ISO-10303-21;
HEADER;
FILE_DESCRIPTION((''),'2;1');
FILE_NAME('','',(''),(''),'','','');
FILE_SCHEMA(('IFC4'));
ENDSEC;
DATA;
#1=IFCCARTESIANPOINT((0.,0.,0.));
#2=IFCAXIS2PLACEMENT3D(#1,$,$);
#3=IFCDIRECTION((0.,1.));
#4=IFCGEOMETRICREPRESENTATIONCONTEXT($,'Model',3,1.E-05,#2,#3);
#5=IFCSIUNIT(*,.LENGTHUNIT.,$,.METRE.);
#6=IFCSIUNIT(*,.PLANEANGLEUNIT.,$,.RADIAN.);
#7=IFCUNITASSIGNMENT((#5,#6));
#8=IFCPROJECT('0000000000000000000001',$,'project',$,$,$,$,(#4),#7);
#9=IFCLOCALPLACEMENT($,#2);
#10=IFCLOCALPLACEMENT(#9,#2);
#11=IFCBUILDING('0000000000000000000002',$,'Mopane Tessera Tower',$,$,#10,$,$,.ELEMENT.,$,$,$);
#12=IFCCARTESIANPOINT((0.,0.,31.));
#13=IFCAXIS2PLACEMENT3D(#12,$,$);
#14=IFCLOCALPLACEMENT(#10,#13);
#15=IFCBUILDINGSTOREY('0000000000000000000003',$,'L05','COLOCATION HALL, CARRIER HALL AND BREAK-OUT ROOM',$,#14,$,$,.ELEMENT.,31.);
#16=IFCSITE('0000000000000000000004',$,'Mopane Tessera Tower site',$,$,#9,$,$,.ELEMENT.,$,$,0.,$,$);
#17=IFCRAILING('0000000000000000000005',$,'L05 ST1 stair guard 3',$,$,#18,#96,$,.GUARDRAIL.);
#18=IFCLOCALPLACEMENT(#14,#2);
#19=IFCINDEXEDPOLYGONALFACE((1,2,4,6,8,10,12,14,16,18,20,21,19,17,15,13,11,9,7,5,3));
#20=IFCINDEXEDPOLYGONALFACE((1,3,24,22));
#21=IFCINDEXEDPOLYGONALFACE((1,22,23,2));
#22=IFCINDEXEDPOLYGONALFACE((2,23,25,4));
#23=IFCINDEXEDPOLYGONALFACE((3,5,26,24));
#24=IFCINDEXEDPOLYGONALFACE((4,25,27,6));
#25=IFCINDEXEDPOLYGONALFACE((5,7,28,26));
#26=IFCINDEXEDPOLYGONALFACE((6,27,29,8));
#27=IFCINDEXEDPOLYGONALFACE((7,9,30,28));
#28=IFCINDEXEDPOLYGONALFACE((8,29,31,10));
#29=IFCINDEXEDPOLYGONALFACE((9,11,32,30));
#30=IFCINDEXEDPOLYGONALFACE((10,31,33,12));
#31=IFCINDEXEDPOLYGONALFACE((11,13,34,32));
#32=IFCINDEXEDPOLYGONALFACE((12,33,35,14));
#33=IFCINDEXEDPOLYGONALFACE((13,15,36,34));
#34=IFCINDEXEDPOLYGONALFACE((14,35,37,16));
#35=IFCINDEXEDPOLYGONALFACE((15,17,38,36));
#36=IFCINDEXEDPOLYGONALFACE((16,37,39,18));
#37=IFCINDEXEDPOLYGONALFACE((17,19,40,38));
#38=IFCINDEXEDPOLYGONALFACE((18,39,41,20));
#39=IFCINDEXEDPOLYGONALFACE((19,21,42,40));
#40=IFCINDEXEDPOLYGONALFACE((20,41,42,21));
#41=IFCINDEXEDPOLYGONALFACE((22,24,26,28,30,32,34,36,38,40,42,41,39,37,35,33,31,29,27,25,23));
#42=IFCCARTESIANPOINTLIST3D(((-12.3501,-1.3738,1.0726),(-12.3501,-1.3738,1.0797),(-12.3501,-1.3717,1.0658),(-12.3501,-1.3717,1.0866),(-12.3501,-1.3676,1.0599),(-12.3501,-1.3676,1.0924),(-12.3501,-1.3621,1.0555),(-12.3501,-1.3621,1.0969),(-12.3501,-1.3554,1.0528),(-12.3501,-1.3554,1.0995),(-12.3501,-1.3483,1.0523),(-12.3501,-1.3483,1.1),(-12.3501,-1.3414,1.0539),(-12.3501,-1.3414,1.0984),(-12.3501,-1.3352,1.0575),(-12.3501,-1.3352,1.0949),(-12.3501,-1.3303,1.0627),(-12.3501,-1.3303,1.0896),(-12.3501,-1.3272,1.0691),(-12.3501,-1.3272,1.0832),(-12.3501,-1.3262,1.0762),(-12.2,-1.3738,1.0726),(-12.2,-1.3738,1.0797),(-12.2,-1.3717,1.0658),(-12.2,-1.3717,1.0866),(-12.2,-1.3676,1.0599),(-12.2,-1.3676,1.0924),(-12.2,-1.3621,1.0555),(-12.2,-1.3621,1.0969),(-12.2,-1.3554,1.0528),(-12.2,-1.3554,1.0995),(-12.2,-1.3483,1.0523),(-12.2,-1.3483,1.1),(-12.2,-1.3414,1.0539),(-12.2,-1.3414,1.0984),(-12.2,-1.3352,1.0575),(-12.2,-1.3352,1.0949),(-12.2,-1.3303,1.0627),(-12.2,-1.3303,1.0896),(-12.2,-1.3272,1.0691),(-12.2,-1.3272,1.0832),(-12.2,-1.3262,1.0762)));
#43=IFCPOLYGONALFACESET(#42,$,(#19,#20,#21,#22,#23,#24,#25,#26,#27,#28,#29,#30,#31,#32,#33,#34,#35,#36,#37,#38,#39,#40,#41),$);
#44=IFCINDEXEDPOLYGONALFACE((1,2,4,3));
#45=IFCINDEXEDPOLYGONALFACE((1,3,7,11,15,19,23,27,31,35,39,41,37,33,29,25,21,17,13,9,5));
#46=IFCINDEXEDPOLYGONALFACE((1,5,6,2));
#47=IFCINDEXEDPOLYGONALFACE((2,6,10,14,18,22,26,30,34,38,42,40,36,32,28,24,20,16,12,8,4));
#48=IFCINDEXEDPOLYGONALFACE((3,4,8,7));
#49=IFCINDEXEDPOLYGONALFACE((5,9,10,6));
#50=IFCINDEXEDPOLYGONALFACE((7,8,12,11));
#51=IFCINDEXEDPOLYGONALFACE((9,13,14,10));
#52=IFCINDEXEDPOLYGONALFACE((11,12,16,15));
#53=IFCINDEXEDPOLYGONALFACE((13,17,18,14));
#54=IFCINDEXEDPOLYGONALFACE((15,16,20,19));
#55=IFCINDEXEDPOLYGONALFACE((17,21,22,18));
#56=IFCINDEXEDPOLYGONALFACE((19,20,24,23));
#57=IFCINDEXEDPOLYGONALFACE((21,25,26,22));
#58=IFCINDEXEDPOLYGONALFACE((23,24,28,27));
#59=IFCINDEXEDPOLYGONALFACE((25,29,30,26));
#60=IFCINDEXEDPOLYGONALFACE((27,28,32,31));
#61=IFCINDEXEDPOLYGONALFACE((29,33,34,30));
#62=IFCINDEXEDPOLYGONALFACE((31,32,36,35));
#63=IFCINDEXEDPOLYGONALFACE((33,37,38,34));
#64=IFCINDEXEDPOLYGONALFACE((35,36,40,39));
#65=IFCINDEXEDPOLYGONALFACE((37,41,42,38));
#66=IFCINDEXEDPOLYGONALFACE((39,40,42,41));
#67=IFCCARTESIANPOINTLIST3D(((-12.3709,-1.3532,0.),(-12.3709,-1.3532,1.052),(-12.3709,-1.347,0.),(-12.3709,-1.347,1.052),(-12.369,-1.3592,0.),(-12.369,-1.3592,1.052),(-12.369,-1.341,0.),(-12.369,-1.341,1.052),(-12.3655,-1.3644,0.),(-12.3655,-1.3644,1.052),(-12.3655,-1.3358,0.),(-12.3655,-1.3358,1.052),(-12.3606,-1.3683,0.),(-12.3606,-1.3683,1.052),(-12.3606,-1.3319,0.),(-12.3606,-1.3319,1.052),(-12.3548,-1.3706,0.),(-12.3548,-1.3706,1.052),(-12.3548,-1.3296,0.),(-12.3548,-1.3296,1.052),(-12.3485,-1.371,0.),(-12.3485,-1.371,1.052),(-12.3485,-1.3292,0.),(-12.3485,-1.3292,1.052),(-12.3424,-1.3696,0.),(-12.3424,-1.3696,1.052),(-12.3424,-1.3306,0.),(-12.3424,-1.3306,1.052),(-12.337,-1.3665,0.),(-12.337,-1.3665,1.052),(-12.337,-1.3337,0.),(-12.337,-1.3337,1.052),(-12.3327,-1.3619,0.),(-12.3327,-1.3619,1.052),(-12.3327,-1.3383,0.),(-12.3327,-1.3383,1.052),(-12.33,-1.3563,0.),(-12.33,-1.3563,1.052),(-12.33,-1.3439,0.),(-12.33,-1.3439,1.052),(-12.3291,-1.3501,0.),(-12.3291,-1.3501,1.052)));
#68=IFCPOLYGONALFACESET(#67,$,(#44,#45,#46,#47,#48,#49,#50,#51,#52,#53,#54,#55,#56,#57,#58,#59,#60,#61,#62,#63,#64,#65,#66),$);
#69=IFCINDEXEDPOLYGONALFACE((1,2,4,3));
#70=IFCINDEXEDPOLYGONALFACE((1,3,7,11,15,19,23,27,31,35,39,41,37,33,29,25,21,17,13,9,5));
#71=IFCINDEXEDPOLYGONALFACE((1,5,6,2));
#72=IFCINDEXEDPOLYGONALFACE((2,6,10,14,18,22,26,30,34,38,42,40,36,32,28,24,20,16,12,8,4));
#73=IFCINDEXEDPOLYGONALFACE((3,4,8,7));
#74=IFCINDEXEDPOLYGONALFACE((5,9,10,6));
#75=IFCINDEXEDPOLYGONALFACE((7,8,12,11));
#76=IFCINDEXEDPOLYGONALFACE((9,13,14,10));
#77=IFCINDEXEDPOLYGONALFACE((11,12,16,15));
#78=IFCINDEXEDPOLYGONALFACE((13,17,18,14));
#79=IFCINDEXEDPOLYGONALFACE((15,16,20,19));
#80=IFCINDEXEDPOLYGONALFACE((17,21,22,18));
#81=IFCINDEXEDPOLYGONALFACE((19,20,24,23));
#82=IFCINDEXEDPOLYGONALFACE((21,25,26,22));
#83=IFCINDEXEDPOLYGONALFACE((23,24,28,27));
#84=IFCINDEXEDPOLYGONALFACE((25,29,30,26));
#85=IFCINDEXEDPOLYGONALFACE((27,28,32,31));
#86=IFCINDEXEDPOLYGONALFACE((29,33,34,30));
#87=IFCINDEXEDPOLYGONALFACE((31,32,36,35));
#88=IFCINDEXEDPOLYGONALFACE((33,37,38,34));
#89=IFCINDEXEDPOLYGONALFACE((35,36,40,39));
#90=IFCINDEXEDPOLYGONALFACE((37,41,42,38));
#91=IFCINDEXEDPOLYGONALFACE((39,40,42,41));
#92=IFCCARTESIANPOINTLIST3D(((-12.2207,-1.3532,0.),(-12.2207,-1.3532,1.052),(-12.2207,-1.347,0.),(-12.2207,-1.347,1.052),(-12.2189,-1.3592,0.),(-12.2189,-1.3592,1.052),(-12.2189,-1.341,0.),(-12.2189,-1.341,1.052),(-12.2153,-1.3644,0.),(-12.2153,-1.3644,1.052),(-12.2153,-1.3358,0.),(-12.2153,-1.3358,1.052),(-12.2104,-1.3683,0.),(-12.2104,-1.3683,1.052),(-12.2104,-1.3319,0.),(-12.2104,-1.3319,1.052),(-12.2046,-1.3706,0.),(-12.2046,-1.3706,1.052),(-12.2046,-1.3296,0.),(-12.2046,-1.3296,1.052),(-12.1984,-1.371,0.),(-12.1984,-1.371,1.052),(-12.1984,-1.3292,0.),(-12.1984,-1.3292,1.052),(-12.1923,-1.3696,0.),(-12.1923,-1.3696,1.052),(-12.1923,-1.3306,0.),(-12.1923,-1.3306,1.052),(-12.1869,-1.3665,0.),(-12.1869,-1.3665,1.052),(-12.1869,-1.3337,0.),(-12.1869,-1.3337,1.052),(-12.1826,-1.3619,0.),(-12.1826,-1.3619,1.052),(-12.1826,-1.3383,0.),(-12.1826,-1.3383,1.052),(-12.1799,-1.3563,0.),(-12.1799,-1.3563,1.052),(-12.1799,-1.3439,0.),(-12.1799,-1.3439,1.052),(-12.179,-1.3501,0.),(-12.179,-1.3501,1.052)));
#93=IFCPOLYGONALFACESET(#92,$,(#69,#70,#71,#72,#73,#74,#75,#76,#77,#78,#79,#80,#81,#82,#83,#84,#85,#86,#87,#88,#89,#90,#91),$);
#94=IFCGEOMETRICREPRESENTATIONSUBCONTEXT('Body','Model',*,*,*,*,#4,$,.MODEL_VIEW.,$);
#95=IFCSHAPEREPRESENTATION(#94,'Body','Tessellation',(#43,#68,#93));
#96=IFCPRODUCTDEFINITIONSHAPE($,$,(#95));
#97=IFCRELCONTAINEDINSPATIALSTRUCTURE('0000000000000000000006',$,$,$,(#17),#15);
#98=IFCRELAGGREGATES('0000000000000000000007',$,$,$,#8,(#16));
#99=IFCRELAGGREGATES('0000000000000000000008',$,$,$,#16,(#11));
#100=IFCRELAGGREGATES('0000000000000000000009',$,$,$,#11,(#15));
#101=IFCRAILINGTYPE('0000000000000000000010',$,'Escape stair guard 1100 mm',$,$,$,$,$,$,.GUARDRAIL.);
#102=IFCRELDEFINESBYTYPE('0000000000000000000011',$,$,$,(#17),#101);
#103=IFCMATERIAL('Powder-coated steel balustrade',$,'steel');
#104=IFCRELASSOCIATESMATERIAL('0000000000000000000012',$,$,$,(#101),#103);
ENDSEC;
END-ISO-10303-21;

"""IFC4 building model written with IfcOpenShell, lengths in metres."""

from ifc_helpers import new_model, si_unit, direction, frame, origin, origin_2d, place, context, subcontext, project, spatial, circle, extrude, material, type_object, element, save


model = new_model("IFC4")

# Units and contexts
model_context = context("Model", 3, precision=1e-05, world=origin(), true_north=direction((0.0, 1.0)))
body_context = subcontext(model_context, "Body", "Model", "MODEL_VIEW")
ifc_project = project(units=[si_unit("LENGTHUNIT", "METRE"), si_unit("PLANEANGLEUNIT", "RADIAN")], contexts=[model_context])

# Site, building, storey
site_placement = place(None, origin())
site = spatial("IfcSite", under=ifc_project, at=site_placement, Name="Mopane Tessera Tower site", CompositionType="ELEMENT", RefElevation=0.0)
building_placement = place(site_placement, origin())
building = spatial("IfcBuilding", under=site, at=building_placement, Name="Mopane Tessera Tower", CompositionType="ELEMENT")
storey_placement = place(building_placement, frame((0.0, 0.0, 31.0)))
storey = spatial("IfcBuildingStorey", under=building, at=storey_placement, Name="L05", Description="COLOCATION HALL, CARRIER HALL AND BREAK-OUT ROOM", CompositionType="ELEMENT", Elevation=31.0)

# Railing
ifc_material_1 = material(Name="Powder-coated steel balustrade", Category="steel")
railing_type_1 = type_object("IfcRailingType", Name="Escape stair guard 1100 mm", PredefinedType="GUARDRAIL", material=ifc_material_1)
railing_1_placement = place(storey_placement, frame((-12.3501, -1.3501, 0.0)))
element("IfcRailing", 1, at=railing_1_placement, inside=storey, type_object=railing_type_1, Name="L05 ST1 stair guard 3", PredefinedType="GUARDRAIL", context=body_context, shape_type="SweptSolid", body=[
    extrude(circle(Radius=0.0239, at=origin_2d()), frame((0.0, 0.0, 1.0762), z_axis=(1.0, 0.0, 0.0), x_axis=(0.0, 1.0, 0.0)), (0.0, 0.0, 1.0), 0.1501),
    extrude(circle(Radius=0.021, at=origin_2d()), origin(), (0.0, 0.0, 1.0), 1.052),
    extrude(circle(Radius=0.021, at=origin_2d()), frame((0.1501, 0.0, 0.0)), (0.0, 0.0, 1.0), 1.052),
])

save(model, "model.ifc")
